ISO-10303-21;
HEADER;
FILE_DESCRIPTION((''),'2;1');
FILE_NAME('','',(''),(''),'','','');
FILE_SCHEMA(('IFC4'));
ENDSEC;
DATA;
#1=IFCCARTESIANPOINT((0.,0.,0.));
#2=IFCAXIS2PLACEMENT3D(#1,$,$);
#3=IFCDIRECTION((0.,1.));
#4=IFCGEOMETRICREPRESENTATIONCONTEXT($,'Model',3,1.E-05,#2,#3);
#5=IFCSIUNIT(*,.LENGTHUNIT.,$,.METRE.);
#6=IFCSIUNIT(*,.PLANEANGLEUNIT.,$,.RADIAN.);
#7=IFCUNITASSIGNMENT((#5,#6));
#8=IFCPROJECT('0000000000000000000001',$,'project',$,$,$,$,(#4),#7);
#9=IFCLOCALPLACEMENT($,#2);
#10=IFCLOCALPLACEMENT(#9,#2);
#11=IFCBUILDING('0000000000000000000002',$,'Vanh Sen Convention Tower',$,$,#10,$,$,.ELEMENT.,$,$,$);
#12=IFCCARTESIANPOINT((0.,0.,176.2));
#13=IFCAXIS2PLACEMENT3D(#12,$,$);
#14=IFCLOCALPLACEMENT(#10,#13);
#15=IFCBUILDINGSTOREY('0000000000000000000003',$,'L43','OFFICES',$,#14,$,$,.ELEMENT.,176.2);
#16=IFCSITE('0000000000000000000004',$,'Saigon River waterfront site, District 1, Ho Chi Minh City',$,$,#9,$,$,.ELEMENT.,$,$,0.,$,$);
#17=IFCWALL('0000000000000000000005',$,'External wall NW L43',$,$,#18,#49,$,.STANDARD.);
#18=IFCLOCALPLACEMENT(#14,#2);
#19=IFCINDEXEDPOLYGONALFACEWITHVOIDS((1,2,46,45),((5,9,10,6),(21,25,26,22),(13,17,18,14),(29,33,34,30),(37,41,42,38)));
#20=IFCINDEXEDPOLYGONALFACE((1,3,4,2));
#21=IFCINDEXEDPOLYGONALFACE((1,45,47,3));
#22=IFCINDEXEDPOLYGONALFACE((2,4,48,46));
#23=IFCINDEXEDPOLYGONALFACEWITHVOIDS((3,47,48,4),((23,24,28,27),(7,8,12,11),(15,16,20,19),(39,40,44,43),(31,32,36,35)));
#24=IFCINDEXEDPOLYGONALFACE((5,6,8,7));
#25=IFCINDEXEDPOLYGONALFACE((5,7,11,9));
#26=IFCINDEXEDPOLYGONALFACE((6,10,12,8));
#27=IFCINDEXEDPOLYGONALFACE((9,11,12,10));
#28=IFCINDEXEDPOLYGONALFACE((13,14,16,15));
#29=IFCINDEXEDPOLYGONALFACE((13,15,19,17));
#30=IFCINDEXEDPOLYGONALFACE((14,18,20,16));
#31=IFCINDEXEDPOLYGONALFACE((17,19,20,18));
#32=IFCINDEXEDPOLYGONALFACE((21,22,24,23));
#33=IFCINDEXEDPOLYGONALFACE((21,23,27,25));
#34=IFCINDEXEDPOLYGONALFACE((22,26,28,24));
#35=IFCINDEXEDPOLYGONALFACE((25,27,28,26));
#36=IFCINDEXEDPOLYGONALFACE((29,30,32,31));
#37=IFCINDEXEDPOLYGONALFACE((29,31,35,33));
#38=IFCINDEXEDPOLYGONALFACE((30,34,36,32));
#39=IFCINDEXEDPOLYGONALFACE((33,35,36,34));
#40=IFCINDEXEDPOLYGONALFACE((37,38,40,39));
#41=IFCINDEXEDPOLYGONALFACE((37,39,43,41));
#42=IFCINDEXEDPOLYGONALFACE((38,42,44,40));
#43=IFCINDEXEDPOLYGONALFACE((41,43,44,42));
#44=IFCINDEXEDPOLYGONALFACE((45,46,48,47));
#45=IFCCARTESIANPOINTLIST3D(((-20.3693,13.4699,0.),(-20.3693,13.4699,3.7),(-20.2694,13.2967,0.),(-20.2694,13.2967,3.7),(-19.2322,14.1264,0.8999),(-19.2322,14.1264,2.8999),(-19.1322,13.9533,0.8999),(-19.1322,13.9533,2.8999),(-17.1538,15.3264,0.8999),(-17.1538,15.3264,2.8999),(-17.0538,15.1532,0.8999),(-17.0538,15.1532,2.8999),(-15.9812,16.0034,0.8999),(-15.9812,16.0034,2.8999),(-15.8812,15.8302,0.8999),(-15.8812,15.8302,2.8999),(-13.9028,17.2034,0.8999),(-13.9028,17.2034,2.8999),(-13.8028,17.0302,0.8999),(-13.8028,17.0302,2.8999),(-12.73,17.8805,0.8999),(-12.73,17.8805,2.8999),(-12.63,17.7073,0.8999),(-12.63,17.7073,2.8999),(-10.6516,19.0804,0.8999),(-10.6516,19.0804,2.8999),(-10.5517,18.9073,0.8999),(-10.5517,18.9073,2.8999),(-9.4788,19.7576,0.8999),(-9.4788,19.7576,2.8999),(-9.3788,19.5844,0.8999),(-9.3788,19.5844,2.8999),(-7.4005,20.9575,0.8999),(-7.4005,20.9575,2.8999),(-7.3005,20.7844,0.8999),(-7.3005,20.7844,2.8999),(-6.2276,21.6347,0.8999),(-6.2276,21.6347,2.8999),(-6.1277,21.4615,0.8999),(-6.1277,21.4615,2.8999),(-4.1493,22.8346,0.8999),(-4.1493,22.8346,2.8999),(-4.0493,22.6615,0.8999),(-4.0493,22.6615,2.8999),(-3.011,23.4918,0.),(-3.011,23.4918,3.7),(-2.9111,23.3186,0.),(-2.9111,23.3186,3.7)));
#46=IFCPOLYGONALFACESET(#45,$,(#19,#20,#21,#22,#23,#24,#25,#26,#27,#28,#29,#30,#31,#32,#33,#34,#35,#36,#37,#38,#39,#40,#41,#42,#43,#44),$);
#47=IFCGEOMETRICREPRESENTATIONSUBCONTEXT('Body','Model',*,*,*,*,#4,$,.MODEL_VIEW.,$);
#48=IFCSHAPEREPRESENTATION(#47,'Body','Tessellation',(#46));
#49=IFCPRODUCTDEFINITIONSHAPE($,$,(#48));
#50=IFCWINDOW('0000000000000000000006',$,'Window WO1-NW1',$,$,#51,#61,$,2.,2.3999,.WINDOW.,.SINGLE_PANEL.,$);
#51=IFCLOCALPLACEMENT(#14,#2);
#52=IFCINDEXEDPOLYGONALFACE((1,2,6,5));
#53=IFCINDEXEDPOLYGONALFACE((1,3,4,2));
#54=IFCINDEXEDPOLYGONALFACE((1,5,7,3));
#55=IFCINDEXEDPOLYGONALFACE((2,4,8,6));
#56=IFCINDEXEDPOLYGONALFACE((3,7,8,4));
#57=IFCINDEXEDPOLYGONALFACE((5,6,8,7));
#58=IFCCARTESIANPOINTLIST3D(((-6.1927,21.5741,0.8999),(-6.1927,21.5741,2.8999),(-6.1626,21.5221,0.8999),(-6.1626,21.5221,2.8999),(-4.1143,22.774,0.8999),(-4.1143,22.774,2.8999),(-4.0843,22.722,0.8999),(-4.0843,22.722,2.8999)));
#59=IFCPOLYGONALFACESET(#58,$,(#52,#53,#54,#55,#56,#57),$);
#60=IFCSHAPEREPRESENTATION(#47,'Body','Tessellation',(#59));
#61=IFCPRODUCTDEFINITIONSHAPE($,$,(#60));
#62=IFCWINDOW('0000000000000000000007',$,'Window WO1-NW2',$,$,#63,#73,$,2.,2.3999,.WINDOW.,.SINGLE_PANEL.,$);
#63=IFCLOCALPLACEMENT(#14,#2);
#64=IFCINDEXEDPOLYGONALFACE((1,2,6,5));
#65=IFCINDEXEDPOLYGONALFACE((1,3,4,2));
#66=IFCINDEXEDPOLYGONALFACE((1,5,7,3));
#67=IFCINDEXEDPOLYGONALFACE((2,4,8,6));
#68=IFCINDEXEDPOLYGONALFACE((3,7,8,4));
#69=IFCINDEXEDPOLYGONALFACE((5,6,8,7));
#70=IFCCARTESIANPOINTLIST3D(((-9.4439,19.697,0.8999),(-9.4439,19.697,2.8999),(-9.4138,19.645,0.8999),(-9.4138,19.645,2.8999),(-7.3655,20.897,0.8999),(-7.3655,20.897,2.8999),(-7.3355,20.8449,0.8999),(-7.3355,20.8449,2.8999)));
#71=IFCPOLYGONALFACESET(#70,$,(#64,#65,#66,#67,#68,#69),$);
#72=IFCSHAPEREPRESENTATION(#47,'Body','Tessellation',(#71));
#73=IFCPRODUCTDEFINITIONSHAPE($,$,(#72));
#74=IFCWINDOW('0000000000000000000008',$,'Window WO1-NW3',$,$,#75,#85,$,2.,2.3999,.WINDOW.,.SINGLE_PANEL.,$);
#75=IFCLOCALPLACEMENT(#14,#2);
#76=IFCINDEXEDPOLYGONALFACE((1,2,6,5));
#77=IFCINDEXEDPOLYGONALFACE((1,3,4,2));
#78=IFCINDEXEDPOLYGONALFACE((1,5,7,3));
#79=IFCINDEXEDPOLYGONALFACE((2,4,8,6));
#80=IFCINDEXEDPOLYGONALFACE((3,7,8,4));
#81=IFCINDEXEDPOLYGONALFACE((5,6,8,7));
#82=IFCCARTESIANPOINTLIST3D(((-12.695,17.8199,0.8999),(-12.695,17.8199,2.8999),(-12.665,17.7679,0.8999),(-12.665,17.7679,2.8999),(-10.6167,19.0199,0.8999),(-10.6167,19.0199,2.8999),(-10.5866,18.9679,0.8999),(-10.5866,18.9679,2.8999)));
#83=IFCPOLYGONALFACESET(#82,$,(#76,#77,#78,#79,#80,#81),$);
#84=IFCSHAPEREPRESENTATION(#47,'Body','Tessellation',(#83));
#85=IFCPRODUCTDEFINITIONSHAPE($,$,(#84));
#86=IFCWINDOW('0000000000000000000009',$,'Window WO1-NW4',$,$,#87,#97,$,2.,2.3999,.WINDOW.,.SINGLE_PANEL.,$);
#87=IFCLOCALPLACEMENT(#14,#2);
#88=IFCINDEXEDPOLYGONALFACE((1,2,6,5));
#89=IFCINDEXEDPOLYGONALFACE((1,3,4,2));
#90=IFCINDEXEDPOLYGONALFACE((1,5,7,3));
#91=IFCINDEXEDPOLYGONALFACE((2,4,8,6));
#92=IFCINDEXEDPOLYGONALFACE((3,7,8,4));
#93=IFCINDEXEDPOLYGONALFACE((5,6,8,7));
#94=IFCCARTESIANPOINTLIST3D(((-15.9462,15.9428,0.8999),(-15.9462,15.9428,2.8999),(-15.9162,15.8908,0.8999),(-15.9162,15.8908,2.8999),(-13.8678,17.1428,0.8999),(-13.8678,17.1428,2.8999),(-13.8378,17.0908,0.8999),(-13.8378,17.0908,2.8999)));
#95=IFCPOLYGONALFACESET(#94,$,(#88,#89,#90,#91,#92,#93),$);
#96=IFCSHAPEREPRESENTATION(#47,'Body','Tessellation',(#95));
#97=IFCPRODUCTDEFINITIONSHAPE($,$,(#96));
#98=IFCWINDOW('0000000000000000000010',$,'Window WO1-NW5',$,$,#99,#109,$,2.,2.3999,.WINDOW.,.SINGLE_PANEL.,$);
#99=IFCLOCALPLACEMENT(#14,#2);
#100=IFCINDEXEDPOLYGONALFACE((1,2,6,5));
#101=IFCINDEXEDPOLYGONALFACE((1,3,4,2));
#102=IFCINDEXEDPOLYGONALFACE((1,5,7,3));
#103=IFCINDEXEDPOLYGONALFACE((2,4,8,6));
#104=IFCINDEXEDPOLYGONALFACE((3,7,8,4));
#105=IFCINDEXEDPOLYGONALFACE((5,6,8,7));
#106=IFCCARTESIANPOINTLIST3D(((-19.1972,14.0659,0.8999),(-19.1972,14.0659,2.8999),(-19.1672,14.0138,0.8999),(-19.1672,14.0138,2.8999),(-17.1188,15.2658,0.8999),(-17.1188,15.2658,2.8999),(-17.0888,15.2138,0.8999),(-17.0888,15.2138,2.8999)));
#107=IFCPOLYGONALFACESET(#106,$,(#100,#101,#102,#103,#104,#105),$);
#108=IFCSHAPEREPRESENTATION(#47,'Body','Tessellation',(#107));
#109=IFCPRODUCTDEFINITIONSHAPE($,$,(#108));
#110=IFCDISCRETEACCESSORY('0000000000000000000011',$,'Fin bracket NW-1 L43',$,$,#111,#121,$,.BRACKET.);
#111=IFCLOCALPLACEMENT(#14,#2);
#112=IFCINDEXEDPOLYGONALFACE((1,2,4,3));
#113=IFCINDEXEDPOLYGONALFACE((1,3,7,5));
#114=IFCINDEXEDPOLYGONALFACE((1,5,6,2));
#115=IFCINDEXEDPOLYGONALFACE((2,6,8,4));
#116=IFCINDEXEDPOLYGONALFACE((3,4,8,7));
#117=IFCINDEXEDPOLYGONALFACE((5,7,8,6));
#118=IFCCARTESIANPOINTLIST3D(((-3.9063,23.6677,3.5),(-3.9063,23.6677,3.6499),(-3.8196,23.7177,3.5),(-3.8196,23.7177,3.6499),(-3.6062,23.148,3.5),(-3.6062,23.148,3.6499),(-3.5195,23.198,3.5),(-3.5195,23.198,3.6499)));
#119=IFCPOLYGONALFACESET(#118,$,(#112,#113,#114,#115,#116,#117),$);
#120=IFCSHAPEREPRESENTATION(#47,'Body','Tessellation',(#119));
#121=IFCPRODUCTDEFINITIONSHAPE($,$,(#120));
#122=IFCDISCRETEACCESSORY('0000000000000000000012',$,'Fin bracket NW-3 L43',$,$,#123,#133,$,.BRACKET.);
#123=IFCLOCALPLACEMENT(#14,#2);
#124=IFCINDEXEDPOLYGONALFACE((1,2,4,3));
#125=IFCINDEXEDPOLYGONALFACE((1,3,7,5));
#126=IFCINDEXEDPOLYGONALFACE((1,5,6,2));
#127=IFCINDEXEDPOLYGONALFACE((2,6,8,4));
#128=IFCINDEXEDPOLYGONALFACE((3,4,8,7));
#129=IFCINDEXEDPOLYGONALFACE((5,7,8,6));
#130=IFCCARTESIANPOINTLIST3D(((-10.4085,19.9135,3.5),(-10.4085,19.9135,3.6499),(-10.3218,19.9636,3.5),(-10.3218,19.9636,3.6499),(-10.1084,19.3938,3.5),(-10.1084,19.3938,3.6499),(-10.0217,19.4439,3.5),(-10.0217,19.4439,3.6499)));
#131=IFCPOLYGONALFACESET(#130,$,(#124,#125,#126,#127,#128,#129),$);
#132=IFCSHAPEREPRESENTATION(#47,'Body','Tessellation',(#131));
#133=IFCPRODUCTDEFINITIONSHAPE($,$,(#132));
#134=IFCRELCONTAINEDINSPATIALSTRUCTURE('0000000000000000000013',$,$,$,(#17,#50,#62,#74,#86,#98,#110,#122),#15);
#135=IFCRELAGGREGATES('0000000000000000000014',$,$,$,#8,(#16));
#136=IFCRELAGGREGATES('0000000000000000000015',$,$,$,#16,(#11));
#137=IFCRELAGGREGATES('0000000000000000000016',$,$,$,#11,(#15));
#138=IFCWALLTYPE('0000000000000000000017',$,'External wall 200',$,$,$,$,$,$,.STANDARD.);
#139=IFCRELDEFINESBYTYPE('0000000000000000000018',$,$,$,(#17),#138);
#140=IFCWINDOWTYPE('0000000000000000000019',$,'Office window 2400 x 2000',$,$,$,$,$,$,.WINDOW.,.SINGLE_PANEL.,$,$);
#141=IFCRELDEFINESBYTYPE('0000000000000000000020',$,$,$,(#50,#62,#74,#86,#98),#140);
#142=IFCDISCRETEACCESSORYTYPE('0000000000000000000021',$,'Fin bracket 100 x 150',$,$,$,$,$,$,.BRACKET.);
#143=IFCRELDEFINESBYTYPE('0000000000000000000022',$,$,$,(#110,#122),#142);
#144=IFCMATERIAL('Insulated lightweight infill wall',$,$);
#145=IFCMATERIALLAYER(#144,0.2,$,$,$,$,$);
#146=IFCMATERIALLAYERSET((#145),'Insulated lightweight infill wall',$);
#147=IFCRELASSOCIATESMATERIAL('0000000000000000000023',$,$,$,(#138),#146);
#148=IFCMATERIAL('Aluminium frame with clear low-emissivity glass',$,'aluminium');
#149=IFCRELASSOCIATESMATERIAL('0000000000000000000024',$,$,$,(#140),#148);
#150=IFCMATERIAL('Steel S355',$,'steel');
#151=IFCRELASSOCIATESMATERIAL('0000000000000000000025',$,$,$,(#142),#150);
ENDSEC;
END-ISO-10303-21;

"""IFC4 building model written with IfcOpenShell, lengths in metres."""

from ifc_helpers import new_model, si_unit, direction, frame, frame_2d, origin, origin_2d, place, context, subcontext, project, spatial, rectangle, extrude, material, layer, layer_set, type_object, element, fill, save


model = new_model("IFC4")

# Units and contexts
model_context = context("Model", 3, precision=1e-05, world=origin(), true_north=direction((0.0, 1.0)))
body_context = subcontext(model_context, "Body", "Model", "MODEL_VIEW")
ifc_project = project(units=[si_unit("LENGTHUNIT", "METRE"), si_unit("PLANEANGLEUNIT", "RADIAN")], contexts=[model_context])

# Site, building, storey
site_placement = place(None, origin())
site = spatial("IfcSite", under=ifc_project, at=site_placement, Name="Saigon River waterfront site, District 1, Ho Chi Minh City", CompositionType="ELEMENT", RefElevation=0.0)
building_placement = place(site_placement, origin())
building = spatial("IfcBuilding", under=site, at=building_placement, Name="Vanh Sen Convention Tower", CompositionType="ELEMENT")
storey_placement = place(building_placement, frame((0.0, 0.0, 176.2)))
storey = spatial("IfcBuildingStorey", under=building, at=storey_placement, Name="L43", Description="OFFICES", CompositionType="ELEMENT", Elevation=176.2)

# Wall, openings, windows
ifc_material_1 = material(Name="Insulated lightweight infill wall")
ifc_layer_1 = layer(ifc_material_1, 0.2)
ifc_layer_set_1 = layer_set([ifc_layer_1], Name="Insulated lightweight infill wall")
wall_type_1 = type_object("IfcWallType", Name="External wall 200", PredefinedType="STANDARD", material=ifc_layer_set_1)
wall_1_placement = place(storey_placement, frame((-2.9609, 23.4053, 0.0), z_axis=(0.0, 0.0, 1.0), x_axis=(-0.866023, -0.500004, 0.0)))
wall_1 = element("IfcWall", 1, at=wall_1_placement, inside=storey, type_object=wall_type_1, Name="External wall NW L43", PredefinedType="STANDARD", context=body_context, shape_type="SweptSolid", body=[
    extrude(rectangle(XDim=20.0437, YDim=0.2, at=frame_2d((10.022, 0.0))), origin(), (0.0, 0.0, 1.0), 3.7),
])
opening_1_placement = place(wall_1_placement, frame((1.3145, 0.0, 0.8999)))
opening_1 = element("IfcOpeningElement", 2, at=opening_1_placement, cuts=wall_1, PredefinedType="OPENING", context=body_context, shape_type="SweptSolid", body=[
    extrude(rectangle(XDim=2.3999, YDim=2.0, at=frame_2d((1.2, 1.0))), frame((0.0, 0.1099, 0.0), z_axis=(0.0, -1.0, 0.0), x_axis=(1.0, 0.0, 0.0)), (0.0, 0.0, 1.0), 0.22),
])
opening_2_placement = place(wall_1_placement, frame((5.0686, 0.0, 0.8999)))
opening_2 = element("IfcOpeningElement", 3, at=opening_2_placement, cuts=wall_1, PredefinedType="OPENING", context=body_context, shape_type="SweptSolid", body=[
    extrude(rectangle(XDim=2.3999, YDim=2.0, at=frame_2d((1.2, 1.0))), frame((0.0, 0.1099, 0.0), z_axis=(0.0, -1.0, 0.0), x_axis=(1.0, 0.0, 0.0)), (0.0, 0.0, 1.0), 0.22),
])
opening_3_placement = place(wall_1_placement, frame((8.8228, 0.0, 0.8999)))
opening_3 = element("IfcOpeningElement", 4, at=opening_3_placement, cuts=wall_1, PredefinedType="OPENING", context=body_context, shape_type="SweptSolid", body=[
    extrude(rectangle(XDim=2.3999, YDim=2.0, at=frame_2d((1.2, 1.0))), frame((0.0, 0.1099, 0.0), z_axis=(0.0, -1.0, 0.0), x_axis=(1.0, 0.0, 0.0)), (0.0, 0.0, 1.0), 0.22),
])
opening_4_placement = place(wall_1_placement, frame((12.5769, 0.0, 0.8999)))
opening_4 = element("IfcOpeningElement", 5, at=opening_4_placement, cuts=wall_1, PredefinedType="OPENING", context=body_context, shape_type="SweptSolid", body=[
    extrude(rectangle(XDim=2.3999, YDim=2.0, at=frame_2d((1.2, 1.0))), frame((0.0, 0.1099, 0.0), z_axis=(0.0, -1.0, 0.0), x_axis=(1.0, 0.0, 0.0)), (0.0, 0.0, 1.0), 0.22),
])
opening_5_placement = place(wall_1_placement, frame((16.3308, 0.0, 0.8999)))
opening_5 = element("IfcOpeningElement", 6, at=opening_5_placement, cuts=wall_1, PredefinedType="OPENING", context=body_context, shape_type="SweptSolid", body=[
    extrude(rectangle(XDim=2.3999, YDim=2.0, at=frame_2d((1.2, 1.0))), frame((0.0, 0.1099, 0.0), z_axis=(0.0, -1.0, 0.0), x_axis=(1.0, 0.0, 0.0)), (0.0, 0.0, 1.0), 0.22),
])
ifc_material_2 = material(Name="Aluminium frame with clear low-emissivity glass", Category="aluminium")
window_type = type_object("IfcWindowType", Name="Office window 2400 x 2000", PartitioningType="SINGLE_PANEL", PredefinedType="WINDOW", material=ifc_material_2)
window_1_placement = place(opening_1_placement, origin())
window_1 = element("IfcWindow", 7, at=window_1_placement, inside=storey, type_object=window_type, Name="Window WO1-NW1", OverallHeight=2.0, OverallWidth=2.3999, PartitioningType="SINGLE_PANEL", PredefinedType="WINDOW", context=body_context, shape_type="SweptSolid", body=[
    extrude(rectangle(XDim=2.3999, YDim=2.0, at=frame_2d((1.2, 1.0))), frame((0.0, 0.03, 0.0), z_axis=(0.0, -1.0, 0.0), x_axis=(1.0, 0.0, 0.0)), (0.0, 0.0, 1.0), 0.0601),
])
fill(opening_1, window_1)
window_2_placement = place(opening_2_placement, origin())
window_2 = element("IfcWindow", 8, at=window_2_placement, inside=storey, type_object=window_type, Name="Window WO1-NW2", OverallHeight=2.0, OverallWidth=2.3999, PartitioningType="SINGLE_PANEL", PredefinedType="WINDOW", context=body_context, shape_type="SweptSolid", body=[
    extrude(rectangle(XDim=2.3999, YDim=2.0, at=frame_2d((1.2, 1.0))), frame((0.0, 0.03, 0.0), z_axis=(0.0, -1.0, 0.0), x_axis=(1.0, 0.0, 0.0)), (0.0, 0.0, 1.0), 0.0601),
])
fill(opening_2, window_2)
window_3_placement = place(opening_3_placement, origin())
window_3 = element("IfcWindow", 9, at=window_3_placement, inside=storey, type_object=window_type, Name="Window WO1-NW3", OverallHeight=2.0, OverallWidth=2.3999, PartitioningType="SINGLE_PANEL", PredefinedType="WINDOW", context=body_context, shape_type="SweptSolid", body=[
    extrude(rectangle(XDim=2.3999, YDim=2.0, at=frame_2d((1.2, 1.0))), frame((0.0, 0.03, 0.0), z_axis=(0.0, -1.0, 0.0), x_axis=(1.0, 0.0, 0.0)), (0.0, 0.0, 1.0), 0.0601),
])
fill(opening_3, window_3)
window_4_placement = place(opening_4_placement, origin())
window_4 = element("IfcWindow", 10, at=window_4_placement, inside=storey, type_object=window_type, Name="Window WO1-NW4", OverallHeight=2.0, OverallWidth=2.3999, PartitioningType="SINGLE_PANEL", PredefinedType="WINDOW", context=body_context, shape_type="SweptSolid", body=[
    extrude(rectangle(XDim=2.3999, YDim=2.0, at=frame_2d((1.2, 1.0))), frame((0.0, 0.03, 0.0), z_axis=(0.0, -1.0, 0.0), x_axis=(1.0, 0.0, 0.0)), (0.0, 0.0, 1.0), 0.0601),
])
fill(opening_4, window_4)
window_5_placement = place(opening_5_placement, origin())
window_5 = element("IfcWindow", 11, at=window_5_placement, inside=storey, type_object=window_type, Name="Window WO1-NW5", OverallHeight=2.0, OverallWidth=2.3999, PartitioningType="SINGLE_PANEL", PredefinedType="WINDOW", context=body_context, shape_type="SweptSolid", body=[
    extrude(rectangle(XDim=2.3999, YDim=2.0, at=frame_2d((1.2, 1.0))), frame((0.0, 0.03, 0.0), z_axis=(0.0, -1.0, 0.0), x_axis=(1.0, 0.0, 0.0)), (0.0, 0.0, 1.0), 0.0601),
])
fill(opening_5, window_5)

# Discrete accessories
ifc_material_3 = material(Name="Steel S355", Category="steel")
discrete_accessory_type = type_object("IfcDiscreteAccessoryType", Name="Fin bracket 100 x 150", PredefinedType="BRACKET", material=ifc_material_3)
for number, where, z_axis, x_axis, name in (
    (12, (-3.7129, 23.4329, 3.5), (0.0, 0.0, 1.0), (-0.5, 0.866025, 0.0), "Fin bracket NW-1 L43"),
    (13, (-10.2151, 19.6787, 3.5), (0.0, 0.0, 1.0), (-0.5, 0.866025, 0.0), "Fin bracket NW-3 L43"),
):
    element("IfcDiscreteAccessory", number, at=place(storey_placement, frame(where, z_axis=z_axis, x_axis=x_axis)), inside=storey, type_object=discrete_accessory_type, Name=name, PredefinedType="BRACKET", context=body_context, shape_type="SweptSolid", body=[
        extrude(rectangle(XDim=0.6001, YDim=0.1001, at=origin_2d()), origin(), (0.0, 0.0, 1.0), 0.1499),
    ])

save(model, "model.ifc")
